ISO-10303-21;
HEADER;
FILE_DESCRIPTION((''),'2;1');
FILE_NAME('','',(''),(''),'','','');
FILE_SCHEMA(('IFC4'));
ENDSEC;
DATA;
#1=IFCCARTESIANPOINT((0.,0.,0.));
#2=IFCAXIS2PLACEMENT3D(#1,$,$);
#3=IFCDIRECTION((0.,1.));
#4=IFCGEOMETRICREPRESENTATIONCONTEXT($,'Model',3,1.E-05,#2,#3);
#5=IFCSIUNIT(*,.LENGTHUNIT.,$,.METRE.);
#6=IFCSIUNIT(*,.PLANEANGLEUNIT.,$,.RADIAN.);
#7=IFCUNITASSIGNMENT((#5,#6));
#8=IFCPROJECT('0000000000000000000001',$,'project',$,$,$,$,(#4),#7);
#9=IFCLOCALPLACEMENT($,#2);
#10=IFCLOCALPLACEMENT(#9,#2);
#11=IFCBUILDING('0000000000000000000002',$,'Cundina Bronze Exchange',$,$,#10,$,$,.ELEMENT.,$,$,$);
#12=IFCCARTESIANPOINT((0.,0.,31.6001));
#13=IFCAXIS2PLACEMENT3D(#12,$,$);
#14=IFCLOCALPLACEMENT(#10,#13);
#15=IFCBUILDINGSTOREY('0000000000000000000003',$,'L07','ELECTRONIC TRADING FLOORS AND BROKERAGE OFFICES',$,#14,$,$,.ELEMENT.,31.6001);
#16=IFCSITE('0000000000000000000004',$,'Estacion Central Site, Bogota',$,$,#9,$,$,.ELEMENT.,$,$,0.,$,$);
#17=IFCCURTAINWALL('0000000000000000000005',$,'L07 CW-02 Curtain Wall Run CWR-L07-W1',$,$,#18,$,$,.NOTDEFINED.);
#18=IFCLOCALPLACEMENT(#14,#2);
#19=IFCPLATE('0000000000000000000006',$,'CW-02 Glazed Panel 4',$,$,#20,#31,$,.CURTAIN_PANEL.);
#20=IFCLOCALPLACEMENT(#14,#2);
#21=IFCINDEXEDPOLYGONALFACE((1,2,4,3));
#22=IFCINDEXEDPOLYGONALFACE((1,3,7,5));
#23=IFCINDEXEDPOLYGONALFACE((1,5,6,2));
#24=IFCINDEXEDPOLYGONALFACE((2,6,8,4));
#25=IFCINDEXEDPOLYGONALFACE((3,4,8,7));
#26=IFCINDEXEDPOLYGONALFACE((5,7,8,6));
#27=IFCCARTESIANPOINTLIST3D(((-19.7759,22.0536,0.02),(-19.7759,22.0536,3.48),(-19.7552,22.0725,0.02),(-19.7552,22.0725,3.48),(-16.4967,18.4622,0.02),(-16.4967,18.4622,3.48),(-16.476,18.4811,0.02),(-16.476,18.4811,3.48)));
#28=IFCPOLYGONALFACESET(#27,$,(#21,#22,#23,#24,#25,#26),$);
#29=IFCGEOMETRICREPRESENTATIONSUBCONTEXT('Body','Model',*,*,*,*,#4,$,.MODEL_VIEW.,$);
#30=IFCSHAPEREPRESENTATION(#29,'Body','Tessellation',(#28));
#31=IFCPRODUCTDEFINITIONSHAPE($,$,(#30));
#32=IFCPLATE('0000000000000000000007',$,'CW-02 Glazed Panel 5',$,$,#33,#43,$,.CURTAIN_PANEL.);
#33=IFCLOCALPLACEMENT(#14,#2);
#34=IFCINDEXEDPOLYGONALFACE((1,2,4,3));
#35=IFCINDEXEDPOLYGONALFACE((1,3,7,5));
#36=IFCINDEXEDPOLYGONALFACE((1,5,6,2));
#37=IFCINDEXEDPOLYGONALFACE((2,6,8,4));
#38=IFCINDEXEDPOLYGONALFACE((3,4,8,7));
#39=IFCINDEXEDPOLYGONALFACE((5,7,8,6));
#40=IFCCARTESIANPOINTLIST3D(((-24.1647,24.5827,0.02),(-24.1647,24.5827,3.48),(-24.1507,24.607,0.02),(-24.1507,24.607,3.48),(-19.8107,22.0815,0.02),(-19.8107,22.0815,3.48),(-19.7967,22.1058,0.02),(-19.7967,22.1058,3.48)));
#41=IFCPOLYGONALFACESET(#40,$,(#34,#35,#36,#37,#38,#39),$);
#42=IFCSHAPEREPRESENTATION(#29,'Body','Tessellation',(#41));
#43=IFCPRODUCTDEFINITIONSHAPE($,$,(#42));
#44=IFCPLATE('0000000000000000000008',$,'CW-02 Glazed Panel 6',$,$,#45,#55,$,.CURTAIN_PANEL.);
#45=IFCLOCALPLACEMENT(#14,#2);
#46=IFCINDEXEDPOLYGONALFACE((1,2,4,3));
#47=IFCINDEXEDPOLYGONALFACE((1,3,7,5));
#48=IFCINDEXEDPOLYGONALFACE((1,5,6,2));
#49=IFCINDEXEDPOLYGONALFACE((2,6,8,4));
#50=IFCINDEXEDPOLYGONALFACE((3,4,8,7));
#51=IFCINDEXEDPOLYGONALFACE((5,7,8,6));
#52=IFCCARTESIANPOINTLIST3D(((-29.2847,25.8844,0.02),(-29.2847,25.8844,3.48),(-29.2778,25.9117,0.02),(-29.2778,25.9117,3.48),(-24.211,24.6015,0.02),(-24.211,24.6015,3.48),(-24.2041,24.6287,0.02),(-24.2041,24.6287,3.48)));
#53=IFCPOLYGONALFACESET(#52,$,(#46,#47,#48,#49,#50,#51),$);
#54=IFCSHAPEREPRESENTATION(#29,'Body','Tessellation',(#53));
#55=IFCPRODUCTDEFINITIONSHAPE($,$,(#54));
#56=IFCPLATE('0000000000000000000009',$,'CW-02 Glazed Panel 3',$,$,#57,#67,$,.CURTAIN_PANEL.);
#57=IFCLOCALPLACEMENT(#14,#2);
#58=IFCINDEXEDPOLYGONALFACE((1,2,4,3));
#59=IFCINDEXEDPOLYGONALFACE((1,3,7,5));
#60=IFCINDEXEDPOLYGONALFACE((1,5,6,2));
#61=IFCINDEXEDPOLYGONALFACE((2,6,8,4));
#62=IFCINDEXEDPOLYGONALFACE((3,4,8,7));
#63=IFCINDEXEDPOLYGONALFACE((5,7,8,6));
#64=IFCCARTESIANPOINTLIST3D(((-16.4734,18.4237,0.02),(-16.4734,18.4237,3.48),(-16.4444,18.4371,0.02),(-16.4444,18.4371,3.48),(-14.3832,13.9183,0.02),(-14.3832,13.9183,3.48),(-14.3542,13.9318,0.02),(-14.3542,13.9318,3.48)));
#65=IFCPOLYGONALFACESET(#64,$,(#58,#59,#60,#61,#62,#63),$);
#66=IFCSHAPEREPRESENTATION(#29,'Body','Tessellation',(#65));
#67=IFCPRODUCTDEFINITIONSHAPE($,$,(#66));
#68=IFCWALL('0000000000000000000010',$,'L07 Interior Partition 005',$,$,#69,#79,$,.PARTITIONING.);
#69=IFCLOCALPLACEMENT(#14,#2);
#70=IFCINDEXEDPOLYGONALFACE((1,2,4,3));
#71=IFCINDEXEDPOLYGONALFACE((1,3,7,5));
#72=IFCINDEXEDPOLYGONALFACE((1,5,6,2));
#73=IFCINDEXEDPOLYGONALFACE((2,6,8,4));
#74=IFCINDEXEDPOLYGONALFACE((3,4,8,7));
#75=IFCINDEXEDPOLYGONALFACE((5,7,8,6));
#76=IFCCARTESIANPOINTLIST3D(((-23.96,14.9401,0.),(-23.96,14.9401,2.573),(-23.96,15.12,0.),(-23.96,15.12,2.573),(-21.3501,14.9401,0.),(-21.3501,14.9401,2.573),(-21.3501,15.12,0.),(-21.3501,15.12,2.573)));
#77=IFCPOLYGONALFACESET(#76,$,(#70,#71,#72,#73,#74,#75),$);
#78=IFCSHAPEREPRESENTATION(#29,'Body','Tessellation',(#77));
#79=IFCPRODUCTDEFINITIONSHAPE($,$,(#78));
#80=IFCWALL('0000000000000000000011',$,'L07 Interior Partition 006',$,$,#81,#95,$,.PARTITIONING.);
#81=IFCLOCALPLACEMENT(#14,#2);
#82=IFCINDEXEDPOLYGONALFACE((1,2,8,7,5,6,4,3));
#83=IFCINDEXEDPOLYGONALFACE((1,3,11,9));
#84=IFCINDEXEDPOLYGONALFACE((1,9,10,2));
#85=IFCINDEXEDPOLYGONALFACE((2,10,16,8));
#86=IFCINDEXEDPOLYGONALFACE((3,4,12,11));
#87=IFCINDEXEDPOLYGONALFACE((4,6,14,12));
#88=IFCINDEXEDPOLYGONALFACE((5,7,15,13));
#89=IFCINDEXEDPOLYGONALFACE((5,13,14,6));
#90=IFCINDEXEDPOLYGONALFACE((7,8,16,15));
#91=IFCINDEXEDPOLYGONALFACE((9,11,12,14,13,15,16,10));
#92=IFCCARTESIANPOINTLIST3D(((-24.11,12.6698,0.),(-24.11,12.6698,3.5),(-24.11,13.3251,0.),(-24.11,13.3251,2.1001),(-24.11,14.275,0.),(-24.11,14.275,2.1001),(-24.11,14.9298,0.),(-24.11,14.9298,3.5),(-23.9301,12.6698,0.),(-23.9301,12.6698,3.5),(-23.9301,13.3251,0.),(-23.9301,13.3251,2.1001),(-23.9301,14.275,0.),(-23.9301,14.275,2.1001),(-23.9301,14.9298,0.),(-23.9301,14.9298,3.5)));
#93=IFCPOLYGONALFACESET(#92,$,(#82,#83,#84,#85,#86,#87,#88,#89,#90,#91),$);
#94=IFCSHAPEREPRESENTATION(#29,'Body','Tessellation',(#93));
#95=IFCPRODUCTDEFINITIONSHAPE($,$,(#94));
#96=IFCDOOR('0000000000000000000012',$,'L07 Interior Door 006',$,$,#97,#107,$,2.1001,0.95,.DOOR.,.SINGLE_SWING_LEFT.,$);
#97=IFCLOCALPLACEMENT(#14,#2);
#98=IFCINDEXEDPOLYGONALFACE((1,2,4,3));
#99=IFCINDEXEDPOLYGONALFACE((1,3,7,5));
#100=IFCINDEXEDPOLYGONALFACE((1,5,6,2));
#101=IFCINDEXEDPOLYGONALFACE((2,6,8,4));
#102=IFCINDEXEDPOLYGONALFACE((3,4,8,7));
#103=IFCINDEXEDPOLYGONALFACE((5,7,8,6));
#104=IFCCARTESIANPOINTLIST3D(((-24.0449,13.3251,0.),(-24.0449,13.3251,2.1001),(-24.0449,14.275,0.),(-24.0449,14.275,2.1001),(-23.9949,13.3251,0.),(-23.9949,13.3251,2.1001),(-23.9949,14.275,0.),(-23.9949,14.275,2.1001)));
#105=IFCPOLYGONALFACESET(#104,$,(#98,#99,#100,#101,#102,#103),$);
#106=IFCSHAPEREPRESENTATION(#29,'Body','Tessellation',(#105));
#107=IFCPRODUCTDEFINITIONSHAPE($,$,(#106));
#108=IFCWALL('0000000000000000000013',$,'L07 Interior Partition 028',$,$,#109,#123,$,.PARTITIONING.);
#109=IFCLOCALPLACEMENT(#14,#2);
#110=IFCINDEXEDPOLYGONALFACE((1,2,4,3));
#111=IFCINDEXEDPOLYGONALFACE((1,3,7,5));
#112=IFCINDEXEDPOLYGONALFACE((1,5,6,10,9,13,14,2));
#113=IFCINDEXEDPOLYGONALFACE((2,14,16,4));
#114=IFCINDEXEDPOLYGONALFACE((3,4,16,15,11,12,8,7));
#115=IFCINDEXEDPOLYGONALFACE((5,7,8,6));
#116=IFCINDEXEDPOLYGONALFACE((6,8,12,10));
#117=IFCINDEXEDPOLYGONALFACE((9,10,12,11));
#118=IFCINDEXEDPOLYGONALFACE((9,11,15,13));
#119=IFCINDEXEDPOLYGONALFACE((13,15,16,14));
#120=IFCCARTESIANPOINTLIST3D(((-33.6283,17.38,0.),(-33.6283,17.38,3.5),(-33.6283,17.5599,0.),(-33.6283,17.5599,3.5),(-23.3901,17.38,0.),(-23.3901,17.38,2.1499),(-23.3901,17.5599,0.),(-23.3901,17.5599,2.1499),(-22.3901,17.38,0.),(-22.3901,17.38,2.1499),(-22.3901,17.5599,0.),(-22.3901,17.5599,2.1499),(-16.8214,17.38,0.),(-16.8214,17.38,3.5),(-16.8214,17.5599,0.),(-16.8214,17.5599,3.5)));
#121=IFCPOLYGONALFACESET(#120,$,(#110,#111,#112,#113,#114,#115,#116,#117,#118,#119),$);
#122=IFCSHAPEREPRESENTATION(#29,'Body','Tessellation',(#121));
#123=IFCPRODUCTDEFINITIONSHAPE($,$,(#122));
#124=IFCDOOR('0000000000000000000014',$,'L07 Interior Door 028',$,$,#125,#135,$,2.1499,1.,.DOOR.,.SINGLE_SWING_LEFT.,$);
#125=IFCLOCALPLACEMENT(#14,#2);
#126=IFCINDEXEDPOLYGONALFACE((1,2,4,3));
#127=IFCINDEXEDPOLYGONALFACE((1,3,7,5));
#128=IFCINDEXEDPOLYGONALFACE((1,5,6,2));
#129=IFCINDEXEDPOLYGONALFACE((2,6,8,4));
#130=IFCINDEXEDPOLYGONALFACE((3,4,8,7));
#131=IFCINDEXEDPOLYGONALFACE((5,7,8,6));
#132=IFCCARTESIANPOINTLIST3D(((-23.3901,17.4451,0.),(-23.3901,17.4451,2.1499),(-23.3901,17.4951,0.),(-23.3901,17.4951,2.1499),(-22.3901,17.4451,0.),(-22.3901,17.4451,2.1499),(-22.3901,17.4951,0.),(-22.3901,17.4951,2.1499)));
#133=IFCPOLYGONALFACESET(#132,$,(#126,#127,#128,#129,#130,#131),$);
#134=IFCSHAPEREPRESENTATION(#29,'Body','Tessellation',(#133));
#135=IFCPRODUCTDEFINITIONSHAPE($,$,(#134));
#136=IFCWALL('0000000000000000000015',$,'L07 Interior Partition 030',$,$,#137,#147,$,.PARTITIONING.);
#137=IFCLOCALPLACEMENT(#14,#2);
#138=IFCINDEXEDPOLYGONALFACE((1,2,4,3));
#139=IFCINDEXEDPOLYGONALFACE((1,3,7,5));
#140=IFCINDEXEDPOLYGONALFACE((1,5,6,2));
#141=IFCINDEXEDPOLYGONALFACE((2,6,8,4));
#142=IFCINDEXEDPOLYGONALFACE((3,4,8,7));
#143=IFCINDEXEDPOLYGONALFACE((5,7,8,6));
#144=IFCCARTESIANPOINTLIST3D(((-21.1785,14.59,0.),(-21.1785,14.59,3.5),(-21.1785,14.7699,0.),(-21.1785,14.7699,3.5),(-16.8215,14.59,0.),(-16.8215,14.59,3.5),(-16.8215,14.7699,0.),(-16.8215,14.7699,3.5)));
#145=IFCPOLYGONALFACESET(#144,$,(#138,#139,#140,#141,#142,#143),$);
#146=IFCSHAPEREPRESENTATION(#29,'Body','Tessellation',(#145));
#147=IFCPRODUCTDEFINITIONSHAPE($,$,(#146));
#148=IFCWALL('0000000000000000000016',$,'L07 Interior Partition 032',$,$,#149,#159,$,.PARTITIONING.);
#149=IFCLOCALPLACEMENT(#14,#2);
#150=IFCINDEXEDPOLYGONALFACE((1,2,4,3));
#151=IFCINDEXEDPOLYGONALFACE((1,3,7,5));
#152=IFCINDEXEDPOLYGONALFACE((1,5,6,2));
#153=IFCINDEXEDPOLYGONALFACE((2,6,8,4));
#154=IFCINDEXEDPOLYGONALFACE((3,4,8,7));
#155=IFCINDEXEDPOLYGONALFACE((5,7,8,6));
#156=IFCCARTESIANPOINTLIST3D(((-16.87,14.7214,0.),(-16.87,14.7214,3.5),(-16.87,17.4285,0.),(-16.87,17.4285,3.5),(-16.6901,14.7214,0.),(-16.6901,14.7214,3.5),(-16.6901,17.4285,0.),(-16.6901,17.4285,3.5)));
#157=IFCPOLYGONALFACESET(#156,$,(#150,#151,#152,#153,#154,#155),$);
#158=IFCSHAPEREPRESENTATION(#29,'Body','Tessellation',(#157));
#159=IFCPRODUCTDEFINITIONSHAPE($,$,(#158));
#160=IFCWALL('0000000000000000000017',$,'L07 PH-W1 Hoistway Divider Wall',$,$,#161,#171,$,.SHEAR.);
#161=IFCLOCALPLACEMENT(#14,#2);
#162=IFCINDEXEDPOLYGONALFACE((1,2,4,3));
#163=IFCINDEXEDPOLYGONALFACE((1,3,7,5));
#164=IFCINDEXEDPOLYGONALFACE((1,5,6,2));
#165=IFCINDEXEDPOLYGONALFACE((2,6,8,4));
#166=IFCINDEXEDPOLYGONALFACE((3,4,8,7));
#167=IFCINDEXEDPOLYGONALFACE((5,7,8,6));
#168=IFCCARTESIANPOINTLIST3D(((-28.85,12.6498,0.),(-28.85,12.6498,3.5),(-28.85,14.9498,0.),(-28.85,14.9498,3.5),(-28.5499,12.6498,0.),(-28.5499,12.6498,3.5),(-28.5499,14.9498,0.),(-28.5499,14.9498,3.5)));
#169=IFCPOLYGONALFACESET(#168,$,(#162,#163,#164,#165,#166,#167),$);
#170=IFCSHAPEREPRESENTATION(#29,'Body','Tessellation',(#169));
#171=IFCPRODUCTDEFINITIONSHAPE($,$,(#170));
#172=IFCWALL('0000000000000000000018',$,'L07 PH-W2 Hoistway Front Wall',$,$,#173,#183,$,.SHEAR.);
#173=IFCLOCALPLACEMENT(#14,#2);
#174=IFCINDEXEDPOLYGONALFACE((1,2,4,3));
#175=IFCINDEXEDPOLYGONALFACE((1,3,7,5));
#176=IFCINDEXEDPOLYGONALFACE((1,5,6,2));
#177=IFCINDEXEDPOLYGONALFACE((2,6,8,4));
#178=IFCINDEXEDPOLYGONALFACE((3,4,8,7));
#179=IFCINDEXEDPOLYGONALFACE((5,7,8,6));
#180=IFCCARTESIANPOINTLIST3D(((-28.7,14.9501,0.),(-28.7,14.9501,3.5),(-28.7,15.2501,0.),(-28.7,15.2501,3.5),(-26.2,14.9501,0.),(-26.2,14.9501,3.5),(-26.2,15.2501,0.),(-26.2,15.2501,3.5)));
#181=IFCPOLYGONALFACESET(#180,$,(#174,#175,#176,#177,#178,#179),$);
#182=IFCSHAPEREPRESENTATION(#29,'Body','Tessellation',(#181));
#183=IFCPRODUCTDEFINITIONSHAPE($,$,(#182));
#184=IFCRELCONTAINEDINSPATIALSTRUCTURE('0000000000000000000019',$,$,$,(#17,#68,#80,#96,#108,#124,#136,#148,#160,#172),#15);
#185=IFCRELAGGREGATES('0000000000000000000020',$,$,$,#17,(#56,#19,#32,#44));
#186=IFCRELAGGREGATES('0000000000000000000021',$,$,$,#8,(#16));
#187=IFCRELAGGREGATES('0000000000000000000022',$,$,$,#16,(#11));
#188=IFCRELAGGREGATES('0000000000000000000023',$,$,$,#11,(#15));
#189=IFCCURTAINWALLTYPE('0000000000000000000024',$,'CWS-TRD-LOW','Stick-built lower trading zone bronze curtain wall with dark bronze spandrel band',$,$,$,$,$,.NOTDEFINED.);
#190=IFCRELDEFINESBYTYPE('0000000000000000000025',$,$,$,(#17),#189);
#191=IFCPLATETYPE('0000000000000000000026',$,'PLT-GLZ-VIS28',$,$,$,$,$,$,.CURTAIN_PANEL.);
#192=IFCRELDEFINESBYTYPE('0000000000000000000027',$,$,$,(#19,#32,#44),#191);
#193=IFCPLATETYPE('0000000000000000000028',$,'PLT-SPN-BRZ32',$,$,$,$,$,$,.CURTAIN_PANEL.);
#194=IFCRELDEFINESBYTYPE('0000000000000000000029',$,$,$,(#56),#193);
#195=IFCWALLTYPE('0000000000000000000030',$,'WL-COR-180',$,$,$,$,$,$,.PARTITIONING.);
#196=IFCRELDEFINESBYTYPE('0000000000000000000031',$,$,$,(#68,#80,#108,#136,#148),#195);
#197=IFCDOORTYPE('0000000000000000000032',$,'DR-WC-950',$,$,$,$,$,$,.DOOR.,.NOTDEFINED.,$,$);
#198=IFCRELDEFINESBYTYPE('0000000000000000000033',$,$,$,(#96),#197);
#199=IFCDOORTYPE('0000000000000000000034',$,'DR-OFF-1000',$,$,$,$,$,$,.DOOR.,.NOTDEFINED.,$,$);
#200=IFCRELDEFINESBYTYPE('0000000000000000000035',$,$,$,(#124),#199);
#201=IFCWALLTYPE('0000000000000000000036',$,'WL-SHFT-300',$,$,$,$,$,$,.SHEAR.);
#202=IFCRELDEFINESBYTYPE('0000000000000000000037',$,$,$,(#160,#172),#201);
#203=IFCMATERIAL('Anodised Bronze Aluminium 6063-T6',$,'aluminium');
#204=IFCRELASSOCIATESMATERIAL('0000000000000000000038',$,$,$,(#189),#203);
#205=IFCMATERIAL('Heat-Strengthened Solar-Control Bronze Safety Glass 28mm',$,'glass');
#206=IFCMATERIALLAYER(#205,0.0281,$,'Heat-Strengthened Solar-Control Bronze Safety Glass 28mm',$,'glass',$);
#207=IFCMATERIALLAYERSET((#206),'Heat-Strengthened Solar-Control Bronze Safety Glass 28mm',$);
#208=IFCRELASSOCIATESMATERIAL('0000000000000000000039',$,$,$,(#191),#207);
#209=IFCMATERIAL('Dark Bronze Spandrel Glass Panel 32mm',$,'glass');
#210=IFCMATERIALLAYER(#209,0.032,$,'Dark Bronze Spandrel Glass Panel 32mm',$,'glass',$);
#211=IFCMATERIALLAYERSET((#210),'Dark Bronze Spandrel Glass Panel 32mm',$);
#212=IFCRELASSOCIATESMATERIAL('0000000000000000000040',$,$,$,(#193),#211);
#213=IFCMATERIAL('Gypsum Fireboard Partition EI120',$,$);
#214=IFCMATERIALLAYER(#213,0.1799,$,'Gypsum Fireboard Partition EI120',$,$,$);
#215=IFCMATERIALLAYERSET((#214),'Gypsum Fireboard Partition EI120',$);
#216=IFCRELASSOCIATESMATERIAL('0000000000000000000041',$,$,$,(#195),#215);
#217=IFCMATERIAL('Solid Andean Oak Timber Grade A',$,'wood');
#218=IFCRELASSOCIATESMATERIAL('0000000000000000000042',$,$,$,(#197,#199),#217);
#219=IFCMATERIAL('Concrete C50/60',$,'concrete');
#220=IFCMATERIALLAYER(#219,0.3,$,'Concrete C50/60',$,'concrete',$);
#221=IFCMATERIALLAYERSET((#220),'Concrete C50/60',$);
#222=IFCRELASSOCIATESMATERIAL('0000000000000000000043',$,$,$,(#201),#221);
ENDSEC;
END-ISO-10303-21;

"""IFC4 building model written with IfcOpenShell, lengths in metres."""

from ifc_helpers import new_model, si_unit, direction, frame, frame_2d, origin, origin_2d, place, context, subcontext, project, spatial, rectangle, extrude, material, layer, layer_set, type_object, element, fill, aggregate, save


model = new_model("IFC4")

# Units and contexts
model_context = context("Model", 3, precision=1e-05, world=origin(), true_north=direction((0.0, 1.0)))
body_context = subcontext(model_context, "Body", "Model", "MODEL_VIEW")
ifc_project = project(units=[si_unit("LENGTHUNIT", "METRE"), si_unit("PLANEANGLEUNIT", "RADIAN")], contexts=[model_context])

# Site, building, storey
site_placement = place(None, origin())
site = spatial("IfcSite", under=ifc_project, at=site_placement, Name="Estacion Central Site, Bogota", CompositionType="ELEMENT", RefElevation=0.0)
building_placement = place(site_placement, origin())
building = spatial("IfcBuilding", under=site, at=building_placement, Name="Cundina Bronze Exchange", CompositionType="ELEMENT")
storey_placement = place(building_placement, frame((0.0, 0.0, 31.6001)))
storey = spatial("IfcBuildingStorey", under=building, at=storey_placement, Name="L07", Description="ELECTRONIC TRADING FLOORS AND BROKERAGE OFFICES", CompositionType="ELEMENT", Elevation=31.6001)

# Curtain wall, plates
ifc_material_1 = material(Name="Anodised Bronze Aluminium 6063-T6", Category="aluminium")
curtain_wall_type = type_object("IfcCurtainWallType", Name="CWS-TRD-LOW", Description="Stick-built lower trading zone bronze curtain wall with dark bronze spandrel band", PredefinedType="NOTDEFINED", material=ifc_material_1)
curtain_wall_placement = place(storey_placement, origin())
curtain_wall = element("IfcCurtainWall", 1, at=curtain_wall_placement, inside=storey, type_object=curtain_wall_type, Name="L07 CW-02 Curtain Wall Run CWR-L07-W1", PredefinedType="NOTDEFINED")
ifc_material_2 = material(Name="Heat-Strengthened Solar-Control Bronze Safety Glass 28mm", Category="glass")
ifc_layer_1 = layer(ifc_material_2, 0.0281, Name="Heat-Strengthened Solar-Control Bronze Safety Glass 28mm", Category="glass")
ifc_layer_set_1 = layer_set([ifc_layer_1], Name="Heat-Strengthened Solar-Control Bronze Safety Glass 28mm")
plate_type_1 = type_object("IfcPlateType", Name="PLT-GLZ-VIS28", PredefinedType="CURTAIN_PANEL", material=ifc_layer_set_1)
plate_1_placement = place(storey_placement, frame((-18.126, 20.2673, 0.02), z_axis=(0.0, 0.0, 1.0), x_axis=(-0.674277, 0.738479, 0.0)))
plate_1 = element("IfcPlate", 2, at=plate_1_placement, type_object=plate_type_1, Name="CW-02 Glazed Panel 4", PredefinedType="CURTAIN_PANEL", context=body_context, shape_type="SweptSolid", body=[
    extrude(rectangle(XDim=4.8633, YDim=0.0281, at=origin_2d()), origin(), (0.0, 0.0, 1.0), 3.46),
])
plate_2_placement = place(storey_placement, frame((-21.9807, 23.3442, 0.02), z_axis=(0.0, 0.0, 1.0), x_axis=(-0.867105, 0.498125, 0.0)))
plate_2 = element("IfcPlate", 3, at=plate_2_placement, type_object=plate_type_1, Name="CW-02 Glazed Panel 5", PredefinedType="CURTAIN_PANEL", context=body_context, shape_type="SweptSolid", body=[
    extrude(rectangle(XDim=5.0212, YDim=0.0281, at=origin_2d()), origin(), (0.0, 0.0, 1.0), 3.46),
])
plate_3_placement = place(storey_placement, frame((-26.7444, 25.2566, 0.02), z_axis=(0.0, 0.0, 1.0), x_axis=(-0.969488, 0.245138, 0.0)))
plate_3 = element("IfcPlate", 4, at=plate_3_placement, type_object=plate_type_1, Name="CW-02 Glazed Panel 6", PredefinedType="CURTAIN_PANEL", context=body_context, shape_type="SweptSolid", body=[
    extrude(rectangle(XDim=5.2334, YDim=0.0281, at=origin_2d()), origin(), (0.0, 0.0, 1.0), 3.46),
])
ifc_material_3 = material(Name="Dark Bronze Spandrel Glass Panel 32mm", Category="glass")
ifc_layer_2 = layer(ifc_material_3, 0.032, Name="Dark Bronze Spandrel Glass Panel 32mm", Category="glass")
ifc_layer_set_2 = layer_set([ifc_layer_2], Name="Dark Bronze Spandrel Glass Panel 32mm")
plate_type_2 = type_object("IfcPlateType", Name="PLT-SPN-BRZ32", PredefinedType="CURTAIN_PANEL", material=ifc_layer_set_2)
plate_4_placement = place(storey_placement, frame((-15.4138, 16.1777, 0.02), z_axis=(0.0, 0.0, 1.0), x_axis=(-0.420846, 0.907132, 0.0)))
plate_4 = element("IfcPlate", 5, at=plate_4_placement, type_object=plate_type_2, Name="CW-02 Glazed Panel 3", PredefinedType="CURTAIN_PANEL", context=body_context, shape_type="SweptSolid", body=[
    extrude(rectangle(XDim=4.9666, YDim=0.032, at=origin_2d()), origin(), (0.0, 0.0, 1.0), 3.46),
])
aggregate(curtain_wall, [plate_4, plate_1, plate_2, plate_3])

# Wall
ifc_material_4 = material(Name="Gypsum Fireboard Partition EI120")
ifc_layer_3 = layer(ifc_material_4, 0.1799, Name="Gypsum Fireboard Partition EI120")
ifc_layer_set_3 = layer_set([ifc_layer_3], Name="Gypsum Fireboard Partition EI120")
wall_type_1 = type_object("IfcWallType", Name="WL-COR-180", PredefinedType="PARTITIONING", material=ifc_layer_set_3)
wall_1_placement = place(storey_placement, frame((-23.96, 15.03, 0.0), z_axis=(0.0, 0.0, 1.0), x_axis=(1.0, 0.0, 0.0)))
element("IfcWall", 6, at=wall_1_placement, inside=storey, type_object=wall_type_1, Name="L07 Interior Partition 005", PredefinedType="PARTITIONING", context=body_context, shape_type="SweptSolid", body=[
    extrude(rectangle(XDim=2.6099, YDim=0.1799, at=frame_2d((1.3049, 0.0))), origin(), (0.0, 0.0, 1.0), 2.573),
])

# Walls, openings, doors
wall_2_placement = place(storey_placement, frame((-24.02, 12.6699, 0.0), z_axis=(0.0, 0.0, 1.0), x_axis=(0.0, 1.0, 0.0)))
wall_2 = element("IfcWall", 7, at=wall_2_placement, inside=storey, type_object=wall_type_1, Name="L07 Interior Partition 006", PredefinedType="PARTITIONING", context=body_context, shape_type="SweptSolid", body=[
    extrude(rectangle(XDim=2.26, YDim=0.1799, at=frame_2d((1.1299, 0.0))), origin(), (0.0, 0.0, 1.0), 3.5),
])
opening_1_placement = place(wall_2_placement, frame((0.655, 0.0, 0.0)))
opening_1 = element("IfcOpeningElement", 8, at=opening_1_placement, cuts=wall_2, PredefinedType="OPENING", context=body_context, shape_type="SweptSolid", body=[
    extrude(rectangle(XDim=0.95, YDim=2.1001, at=frame_2d((0.4751, 1.05))), frame((0.0, 0.0999, 0.0), z_axis=(0.0, -1.0, 0.0), x_axis=(1.0, 0.0, 0.0)), (0.0, 0.0, 1.0), 0.2),
])
ifc_material_5 = material(Name="Solid Andean Oak Timber Grade A", Category="wood")
door_type_1 = type_object("IfcDoorType", Name="DR-WC-950", OperationType="NOTDEFINED", PredefinedType="DOOR", material=ifc_material_5)
door_1_placement = place(opening_1_placement, origin())
door_1 = element("IfcDoor", 9, at=door_1_placement, inside=storey, type_object=door_type_1, Name="L07 Interior Door 006", OperationType="SINGLE_SWING_LEFT", OverallHeight=2.1001, OverallWidth=0.95, PredefinedType="DOOR", context=body_context, shape_type="SweptSolid", body=[
    extrude(rectangle(XDim=0.95, YDim=2.1001, at=frame_2d((0.4751, 1.05))), frame((0.0, 0.0249, 0.0), z_axis=(0.0, -1.0, 0.0), x_axis=(1.0, 0.0, 0.0)), (0.0, 0.0, 1.0), 0.05),
])
fill(opening_1, door_1)
wall_3_placement = place(storey_placement, frame((-16.8215, 17.47, 0.0), z_axis=(0.0, 0.0, 1.0), x_axis=(-1.0, 0.0, 0.0)))
wall_3 = element("IfcWall", 10, at=wall_3_placement, inside=storey, type_object=wall_type_1, Name="L07 Interior Partition 028", PredefinedType="PARTITIONING", context=body_context, shape_type="SweptSolid", body=[
    extrude(rectangle(XDim=16.8069, YDim=0.1799, at=frame_2d((8.4033, 0.0))), origin(), (0.0, 0.0, 1.0), 3.5),
])
opening_2_placement = place(wall_3_placement, frame((5.5686, 0.0, 0.0)))
opening_2 = element("IfcOpeningElement", 11, at=opening_2_placement, cuts=wall_3, PredefinedType="OPENING", context=body_context, shape_type="SweptSolid", body=[
    extrude(rectangle(XDim=1.0, YDim=2.1499, at=frame_2d((0.5, 1.075))), frame((0.0, 0.0999, 0.0), z_axis=(0.0, -1.0, 0.0), x_axis=(1.0, 0.0, 0.0)), (0.0, 0.0, 1.0), 0.2),
])
door_type_2 = type_object("IfcDoorType", Name="DR-OFF-1000", OperationType="NOTDEFINED", PredefinedType="DOOR", material=ifc_material_5)
door_2_placement = place(opening_2_placement, origin())
door_2 = element("IfcDoor", 12, at=door_2_placement, inside=storey, type_object=door_type_2, Name="L07 Interior Door 028", OperationType="SINGLE_SWING_LEFT", OverallHeight=2.1499, OverallWidth=1.0, PredefinedType="DOOR", context=body_context, shape_type="SweptSolid", body=[
    extrude(rectangle(XDim=1.0, YDim=2.1499, at=frame_2d((0.5, 1.075))), frame((0.0, 0.0249, 0.0), z_axis=(0.0, -1.0, 0.0), x_axis=(1.0, 0.0, 0.0)), (0.0, 0.0, 1.0), 0.05),
])
fill(opening_2, door_2)

# Walls
wall_4_placement = place(storey_placement, frame((-21.1785, 14.6799, 0.0), z_axis=(0.0, 0.0, 1.0), x_axis=(1.0, 0.0, 0.0)))
element("IfcWall", 13, at=wall_4_placement, inside=storey, type_object=wall_type_1, Name="L07 Interior Partition 030", PredefinedType="PARTITIONING", context=body_context, shape_type="SweptSolid", body=[
    extrude(rectangle(XDim=4.3569, YDim=0.1799, at=frame_2d((2.1785, 0.0))), origin(), (0.0, 0.0, 1.0), 3.5),
])
wall_5_placement = place(storey_placement, frame((-16.78, 14.7214, 0.0), z_axis=(0.0, 0.0, 1.0), x_axis=(0.0, 1.0, 0.0)))
element("IfcWall", 14, at=wall_5_placement, inside=storey, type_object=wall_type_1, Name="L07 Interior Partition 032", PredefinedType="PARTITIONING", context=body_context, shape_type="SweptSolid", body=[
    extrude(rectangle(XDim=2.707, YDim=0.1799, at=frame_2d((1.3535, 0.0))), origin(), (0.0, 0.0, 1.0), 3.5),
])

# Shared definitions
ifc_material_6 = material(Name="Concrete C50/60", Category="concrete")
ifc_layer_4 = layer(ifc_material_6, 0.3, Name="Concrete C50/60", Category="concrete")
ifc_layer_set_4 = layer_set([ifc_layer_4], Name="Concrete C50/60")
wall_type_2 = type_object("IfcWallType", Name="WL-SHFT-300", PredefinedType="SHEAR", material=ifc_layer_set_4)

# Walls
wall_6_placement = place(storey_placement, frame((-28.7, 12.6499, 0.0), z_axis=(0.0, 0.0, 1.0), x_axis=(0.0, 1.0, 0.0)))
element("IfcWall", 15, at=wall_6_placement, inside=storey, type_object=wall_type_2, Name="L07 PH-W1 Hoistway Divider Wall", PredefinedType="SHEAR", context=body_context, shape_type="SweptSolid", body=[
    extrude(rectangle(XDim=2.3, YDim=0.3, at=frame_2d((1.1499, 0.0))), origin(), (0.0, 0.0, 1.0), 3.5),
])
wall_7_placement = place(storey_placement, frame((-28.7, 15.1001, 0.0), z_axis=(0.0, 0.0, 1.0), x_axis=(1.0, 0.0, 0.0)))
element("IfcWall", 16, at=wall_7_placement, inside=storey, type_object=wall_type_2, Name="L07 PH-W2 Hoistway Front Wall", PredefinedType="SHEAR", context=body_context, shape_type="SweptSolid", body=[
    extrude(rectangle(XDim=2.5, YDim=0.3, at=frame_2d((1.25, 0.0))), origin(), (0.0, 0.0, 1.0), 3.5),
])

save(model, "model.ifc")
